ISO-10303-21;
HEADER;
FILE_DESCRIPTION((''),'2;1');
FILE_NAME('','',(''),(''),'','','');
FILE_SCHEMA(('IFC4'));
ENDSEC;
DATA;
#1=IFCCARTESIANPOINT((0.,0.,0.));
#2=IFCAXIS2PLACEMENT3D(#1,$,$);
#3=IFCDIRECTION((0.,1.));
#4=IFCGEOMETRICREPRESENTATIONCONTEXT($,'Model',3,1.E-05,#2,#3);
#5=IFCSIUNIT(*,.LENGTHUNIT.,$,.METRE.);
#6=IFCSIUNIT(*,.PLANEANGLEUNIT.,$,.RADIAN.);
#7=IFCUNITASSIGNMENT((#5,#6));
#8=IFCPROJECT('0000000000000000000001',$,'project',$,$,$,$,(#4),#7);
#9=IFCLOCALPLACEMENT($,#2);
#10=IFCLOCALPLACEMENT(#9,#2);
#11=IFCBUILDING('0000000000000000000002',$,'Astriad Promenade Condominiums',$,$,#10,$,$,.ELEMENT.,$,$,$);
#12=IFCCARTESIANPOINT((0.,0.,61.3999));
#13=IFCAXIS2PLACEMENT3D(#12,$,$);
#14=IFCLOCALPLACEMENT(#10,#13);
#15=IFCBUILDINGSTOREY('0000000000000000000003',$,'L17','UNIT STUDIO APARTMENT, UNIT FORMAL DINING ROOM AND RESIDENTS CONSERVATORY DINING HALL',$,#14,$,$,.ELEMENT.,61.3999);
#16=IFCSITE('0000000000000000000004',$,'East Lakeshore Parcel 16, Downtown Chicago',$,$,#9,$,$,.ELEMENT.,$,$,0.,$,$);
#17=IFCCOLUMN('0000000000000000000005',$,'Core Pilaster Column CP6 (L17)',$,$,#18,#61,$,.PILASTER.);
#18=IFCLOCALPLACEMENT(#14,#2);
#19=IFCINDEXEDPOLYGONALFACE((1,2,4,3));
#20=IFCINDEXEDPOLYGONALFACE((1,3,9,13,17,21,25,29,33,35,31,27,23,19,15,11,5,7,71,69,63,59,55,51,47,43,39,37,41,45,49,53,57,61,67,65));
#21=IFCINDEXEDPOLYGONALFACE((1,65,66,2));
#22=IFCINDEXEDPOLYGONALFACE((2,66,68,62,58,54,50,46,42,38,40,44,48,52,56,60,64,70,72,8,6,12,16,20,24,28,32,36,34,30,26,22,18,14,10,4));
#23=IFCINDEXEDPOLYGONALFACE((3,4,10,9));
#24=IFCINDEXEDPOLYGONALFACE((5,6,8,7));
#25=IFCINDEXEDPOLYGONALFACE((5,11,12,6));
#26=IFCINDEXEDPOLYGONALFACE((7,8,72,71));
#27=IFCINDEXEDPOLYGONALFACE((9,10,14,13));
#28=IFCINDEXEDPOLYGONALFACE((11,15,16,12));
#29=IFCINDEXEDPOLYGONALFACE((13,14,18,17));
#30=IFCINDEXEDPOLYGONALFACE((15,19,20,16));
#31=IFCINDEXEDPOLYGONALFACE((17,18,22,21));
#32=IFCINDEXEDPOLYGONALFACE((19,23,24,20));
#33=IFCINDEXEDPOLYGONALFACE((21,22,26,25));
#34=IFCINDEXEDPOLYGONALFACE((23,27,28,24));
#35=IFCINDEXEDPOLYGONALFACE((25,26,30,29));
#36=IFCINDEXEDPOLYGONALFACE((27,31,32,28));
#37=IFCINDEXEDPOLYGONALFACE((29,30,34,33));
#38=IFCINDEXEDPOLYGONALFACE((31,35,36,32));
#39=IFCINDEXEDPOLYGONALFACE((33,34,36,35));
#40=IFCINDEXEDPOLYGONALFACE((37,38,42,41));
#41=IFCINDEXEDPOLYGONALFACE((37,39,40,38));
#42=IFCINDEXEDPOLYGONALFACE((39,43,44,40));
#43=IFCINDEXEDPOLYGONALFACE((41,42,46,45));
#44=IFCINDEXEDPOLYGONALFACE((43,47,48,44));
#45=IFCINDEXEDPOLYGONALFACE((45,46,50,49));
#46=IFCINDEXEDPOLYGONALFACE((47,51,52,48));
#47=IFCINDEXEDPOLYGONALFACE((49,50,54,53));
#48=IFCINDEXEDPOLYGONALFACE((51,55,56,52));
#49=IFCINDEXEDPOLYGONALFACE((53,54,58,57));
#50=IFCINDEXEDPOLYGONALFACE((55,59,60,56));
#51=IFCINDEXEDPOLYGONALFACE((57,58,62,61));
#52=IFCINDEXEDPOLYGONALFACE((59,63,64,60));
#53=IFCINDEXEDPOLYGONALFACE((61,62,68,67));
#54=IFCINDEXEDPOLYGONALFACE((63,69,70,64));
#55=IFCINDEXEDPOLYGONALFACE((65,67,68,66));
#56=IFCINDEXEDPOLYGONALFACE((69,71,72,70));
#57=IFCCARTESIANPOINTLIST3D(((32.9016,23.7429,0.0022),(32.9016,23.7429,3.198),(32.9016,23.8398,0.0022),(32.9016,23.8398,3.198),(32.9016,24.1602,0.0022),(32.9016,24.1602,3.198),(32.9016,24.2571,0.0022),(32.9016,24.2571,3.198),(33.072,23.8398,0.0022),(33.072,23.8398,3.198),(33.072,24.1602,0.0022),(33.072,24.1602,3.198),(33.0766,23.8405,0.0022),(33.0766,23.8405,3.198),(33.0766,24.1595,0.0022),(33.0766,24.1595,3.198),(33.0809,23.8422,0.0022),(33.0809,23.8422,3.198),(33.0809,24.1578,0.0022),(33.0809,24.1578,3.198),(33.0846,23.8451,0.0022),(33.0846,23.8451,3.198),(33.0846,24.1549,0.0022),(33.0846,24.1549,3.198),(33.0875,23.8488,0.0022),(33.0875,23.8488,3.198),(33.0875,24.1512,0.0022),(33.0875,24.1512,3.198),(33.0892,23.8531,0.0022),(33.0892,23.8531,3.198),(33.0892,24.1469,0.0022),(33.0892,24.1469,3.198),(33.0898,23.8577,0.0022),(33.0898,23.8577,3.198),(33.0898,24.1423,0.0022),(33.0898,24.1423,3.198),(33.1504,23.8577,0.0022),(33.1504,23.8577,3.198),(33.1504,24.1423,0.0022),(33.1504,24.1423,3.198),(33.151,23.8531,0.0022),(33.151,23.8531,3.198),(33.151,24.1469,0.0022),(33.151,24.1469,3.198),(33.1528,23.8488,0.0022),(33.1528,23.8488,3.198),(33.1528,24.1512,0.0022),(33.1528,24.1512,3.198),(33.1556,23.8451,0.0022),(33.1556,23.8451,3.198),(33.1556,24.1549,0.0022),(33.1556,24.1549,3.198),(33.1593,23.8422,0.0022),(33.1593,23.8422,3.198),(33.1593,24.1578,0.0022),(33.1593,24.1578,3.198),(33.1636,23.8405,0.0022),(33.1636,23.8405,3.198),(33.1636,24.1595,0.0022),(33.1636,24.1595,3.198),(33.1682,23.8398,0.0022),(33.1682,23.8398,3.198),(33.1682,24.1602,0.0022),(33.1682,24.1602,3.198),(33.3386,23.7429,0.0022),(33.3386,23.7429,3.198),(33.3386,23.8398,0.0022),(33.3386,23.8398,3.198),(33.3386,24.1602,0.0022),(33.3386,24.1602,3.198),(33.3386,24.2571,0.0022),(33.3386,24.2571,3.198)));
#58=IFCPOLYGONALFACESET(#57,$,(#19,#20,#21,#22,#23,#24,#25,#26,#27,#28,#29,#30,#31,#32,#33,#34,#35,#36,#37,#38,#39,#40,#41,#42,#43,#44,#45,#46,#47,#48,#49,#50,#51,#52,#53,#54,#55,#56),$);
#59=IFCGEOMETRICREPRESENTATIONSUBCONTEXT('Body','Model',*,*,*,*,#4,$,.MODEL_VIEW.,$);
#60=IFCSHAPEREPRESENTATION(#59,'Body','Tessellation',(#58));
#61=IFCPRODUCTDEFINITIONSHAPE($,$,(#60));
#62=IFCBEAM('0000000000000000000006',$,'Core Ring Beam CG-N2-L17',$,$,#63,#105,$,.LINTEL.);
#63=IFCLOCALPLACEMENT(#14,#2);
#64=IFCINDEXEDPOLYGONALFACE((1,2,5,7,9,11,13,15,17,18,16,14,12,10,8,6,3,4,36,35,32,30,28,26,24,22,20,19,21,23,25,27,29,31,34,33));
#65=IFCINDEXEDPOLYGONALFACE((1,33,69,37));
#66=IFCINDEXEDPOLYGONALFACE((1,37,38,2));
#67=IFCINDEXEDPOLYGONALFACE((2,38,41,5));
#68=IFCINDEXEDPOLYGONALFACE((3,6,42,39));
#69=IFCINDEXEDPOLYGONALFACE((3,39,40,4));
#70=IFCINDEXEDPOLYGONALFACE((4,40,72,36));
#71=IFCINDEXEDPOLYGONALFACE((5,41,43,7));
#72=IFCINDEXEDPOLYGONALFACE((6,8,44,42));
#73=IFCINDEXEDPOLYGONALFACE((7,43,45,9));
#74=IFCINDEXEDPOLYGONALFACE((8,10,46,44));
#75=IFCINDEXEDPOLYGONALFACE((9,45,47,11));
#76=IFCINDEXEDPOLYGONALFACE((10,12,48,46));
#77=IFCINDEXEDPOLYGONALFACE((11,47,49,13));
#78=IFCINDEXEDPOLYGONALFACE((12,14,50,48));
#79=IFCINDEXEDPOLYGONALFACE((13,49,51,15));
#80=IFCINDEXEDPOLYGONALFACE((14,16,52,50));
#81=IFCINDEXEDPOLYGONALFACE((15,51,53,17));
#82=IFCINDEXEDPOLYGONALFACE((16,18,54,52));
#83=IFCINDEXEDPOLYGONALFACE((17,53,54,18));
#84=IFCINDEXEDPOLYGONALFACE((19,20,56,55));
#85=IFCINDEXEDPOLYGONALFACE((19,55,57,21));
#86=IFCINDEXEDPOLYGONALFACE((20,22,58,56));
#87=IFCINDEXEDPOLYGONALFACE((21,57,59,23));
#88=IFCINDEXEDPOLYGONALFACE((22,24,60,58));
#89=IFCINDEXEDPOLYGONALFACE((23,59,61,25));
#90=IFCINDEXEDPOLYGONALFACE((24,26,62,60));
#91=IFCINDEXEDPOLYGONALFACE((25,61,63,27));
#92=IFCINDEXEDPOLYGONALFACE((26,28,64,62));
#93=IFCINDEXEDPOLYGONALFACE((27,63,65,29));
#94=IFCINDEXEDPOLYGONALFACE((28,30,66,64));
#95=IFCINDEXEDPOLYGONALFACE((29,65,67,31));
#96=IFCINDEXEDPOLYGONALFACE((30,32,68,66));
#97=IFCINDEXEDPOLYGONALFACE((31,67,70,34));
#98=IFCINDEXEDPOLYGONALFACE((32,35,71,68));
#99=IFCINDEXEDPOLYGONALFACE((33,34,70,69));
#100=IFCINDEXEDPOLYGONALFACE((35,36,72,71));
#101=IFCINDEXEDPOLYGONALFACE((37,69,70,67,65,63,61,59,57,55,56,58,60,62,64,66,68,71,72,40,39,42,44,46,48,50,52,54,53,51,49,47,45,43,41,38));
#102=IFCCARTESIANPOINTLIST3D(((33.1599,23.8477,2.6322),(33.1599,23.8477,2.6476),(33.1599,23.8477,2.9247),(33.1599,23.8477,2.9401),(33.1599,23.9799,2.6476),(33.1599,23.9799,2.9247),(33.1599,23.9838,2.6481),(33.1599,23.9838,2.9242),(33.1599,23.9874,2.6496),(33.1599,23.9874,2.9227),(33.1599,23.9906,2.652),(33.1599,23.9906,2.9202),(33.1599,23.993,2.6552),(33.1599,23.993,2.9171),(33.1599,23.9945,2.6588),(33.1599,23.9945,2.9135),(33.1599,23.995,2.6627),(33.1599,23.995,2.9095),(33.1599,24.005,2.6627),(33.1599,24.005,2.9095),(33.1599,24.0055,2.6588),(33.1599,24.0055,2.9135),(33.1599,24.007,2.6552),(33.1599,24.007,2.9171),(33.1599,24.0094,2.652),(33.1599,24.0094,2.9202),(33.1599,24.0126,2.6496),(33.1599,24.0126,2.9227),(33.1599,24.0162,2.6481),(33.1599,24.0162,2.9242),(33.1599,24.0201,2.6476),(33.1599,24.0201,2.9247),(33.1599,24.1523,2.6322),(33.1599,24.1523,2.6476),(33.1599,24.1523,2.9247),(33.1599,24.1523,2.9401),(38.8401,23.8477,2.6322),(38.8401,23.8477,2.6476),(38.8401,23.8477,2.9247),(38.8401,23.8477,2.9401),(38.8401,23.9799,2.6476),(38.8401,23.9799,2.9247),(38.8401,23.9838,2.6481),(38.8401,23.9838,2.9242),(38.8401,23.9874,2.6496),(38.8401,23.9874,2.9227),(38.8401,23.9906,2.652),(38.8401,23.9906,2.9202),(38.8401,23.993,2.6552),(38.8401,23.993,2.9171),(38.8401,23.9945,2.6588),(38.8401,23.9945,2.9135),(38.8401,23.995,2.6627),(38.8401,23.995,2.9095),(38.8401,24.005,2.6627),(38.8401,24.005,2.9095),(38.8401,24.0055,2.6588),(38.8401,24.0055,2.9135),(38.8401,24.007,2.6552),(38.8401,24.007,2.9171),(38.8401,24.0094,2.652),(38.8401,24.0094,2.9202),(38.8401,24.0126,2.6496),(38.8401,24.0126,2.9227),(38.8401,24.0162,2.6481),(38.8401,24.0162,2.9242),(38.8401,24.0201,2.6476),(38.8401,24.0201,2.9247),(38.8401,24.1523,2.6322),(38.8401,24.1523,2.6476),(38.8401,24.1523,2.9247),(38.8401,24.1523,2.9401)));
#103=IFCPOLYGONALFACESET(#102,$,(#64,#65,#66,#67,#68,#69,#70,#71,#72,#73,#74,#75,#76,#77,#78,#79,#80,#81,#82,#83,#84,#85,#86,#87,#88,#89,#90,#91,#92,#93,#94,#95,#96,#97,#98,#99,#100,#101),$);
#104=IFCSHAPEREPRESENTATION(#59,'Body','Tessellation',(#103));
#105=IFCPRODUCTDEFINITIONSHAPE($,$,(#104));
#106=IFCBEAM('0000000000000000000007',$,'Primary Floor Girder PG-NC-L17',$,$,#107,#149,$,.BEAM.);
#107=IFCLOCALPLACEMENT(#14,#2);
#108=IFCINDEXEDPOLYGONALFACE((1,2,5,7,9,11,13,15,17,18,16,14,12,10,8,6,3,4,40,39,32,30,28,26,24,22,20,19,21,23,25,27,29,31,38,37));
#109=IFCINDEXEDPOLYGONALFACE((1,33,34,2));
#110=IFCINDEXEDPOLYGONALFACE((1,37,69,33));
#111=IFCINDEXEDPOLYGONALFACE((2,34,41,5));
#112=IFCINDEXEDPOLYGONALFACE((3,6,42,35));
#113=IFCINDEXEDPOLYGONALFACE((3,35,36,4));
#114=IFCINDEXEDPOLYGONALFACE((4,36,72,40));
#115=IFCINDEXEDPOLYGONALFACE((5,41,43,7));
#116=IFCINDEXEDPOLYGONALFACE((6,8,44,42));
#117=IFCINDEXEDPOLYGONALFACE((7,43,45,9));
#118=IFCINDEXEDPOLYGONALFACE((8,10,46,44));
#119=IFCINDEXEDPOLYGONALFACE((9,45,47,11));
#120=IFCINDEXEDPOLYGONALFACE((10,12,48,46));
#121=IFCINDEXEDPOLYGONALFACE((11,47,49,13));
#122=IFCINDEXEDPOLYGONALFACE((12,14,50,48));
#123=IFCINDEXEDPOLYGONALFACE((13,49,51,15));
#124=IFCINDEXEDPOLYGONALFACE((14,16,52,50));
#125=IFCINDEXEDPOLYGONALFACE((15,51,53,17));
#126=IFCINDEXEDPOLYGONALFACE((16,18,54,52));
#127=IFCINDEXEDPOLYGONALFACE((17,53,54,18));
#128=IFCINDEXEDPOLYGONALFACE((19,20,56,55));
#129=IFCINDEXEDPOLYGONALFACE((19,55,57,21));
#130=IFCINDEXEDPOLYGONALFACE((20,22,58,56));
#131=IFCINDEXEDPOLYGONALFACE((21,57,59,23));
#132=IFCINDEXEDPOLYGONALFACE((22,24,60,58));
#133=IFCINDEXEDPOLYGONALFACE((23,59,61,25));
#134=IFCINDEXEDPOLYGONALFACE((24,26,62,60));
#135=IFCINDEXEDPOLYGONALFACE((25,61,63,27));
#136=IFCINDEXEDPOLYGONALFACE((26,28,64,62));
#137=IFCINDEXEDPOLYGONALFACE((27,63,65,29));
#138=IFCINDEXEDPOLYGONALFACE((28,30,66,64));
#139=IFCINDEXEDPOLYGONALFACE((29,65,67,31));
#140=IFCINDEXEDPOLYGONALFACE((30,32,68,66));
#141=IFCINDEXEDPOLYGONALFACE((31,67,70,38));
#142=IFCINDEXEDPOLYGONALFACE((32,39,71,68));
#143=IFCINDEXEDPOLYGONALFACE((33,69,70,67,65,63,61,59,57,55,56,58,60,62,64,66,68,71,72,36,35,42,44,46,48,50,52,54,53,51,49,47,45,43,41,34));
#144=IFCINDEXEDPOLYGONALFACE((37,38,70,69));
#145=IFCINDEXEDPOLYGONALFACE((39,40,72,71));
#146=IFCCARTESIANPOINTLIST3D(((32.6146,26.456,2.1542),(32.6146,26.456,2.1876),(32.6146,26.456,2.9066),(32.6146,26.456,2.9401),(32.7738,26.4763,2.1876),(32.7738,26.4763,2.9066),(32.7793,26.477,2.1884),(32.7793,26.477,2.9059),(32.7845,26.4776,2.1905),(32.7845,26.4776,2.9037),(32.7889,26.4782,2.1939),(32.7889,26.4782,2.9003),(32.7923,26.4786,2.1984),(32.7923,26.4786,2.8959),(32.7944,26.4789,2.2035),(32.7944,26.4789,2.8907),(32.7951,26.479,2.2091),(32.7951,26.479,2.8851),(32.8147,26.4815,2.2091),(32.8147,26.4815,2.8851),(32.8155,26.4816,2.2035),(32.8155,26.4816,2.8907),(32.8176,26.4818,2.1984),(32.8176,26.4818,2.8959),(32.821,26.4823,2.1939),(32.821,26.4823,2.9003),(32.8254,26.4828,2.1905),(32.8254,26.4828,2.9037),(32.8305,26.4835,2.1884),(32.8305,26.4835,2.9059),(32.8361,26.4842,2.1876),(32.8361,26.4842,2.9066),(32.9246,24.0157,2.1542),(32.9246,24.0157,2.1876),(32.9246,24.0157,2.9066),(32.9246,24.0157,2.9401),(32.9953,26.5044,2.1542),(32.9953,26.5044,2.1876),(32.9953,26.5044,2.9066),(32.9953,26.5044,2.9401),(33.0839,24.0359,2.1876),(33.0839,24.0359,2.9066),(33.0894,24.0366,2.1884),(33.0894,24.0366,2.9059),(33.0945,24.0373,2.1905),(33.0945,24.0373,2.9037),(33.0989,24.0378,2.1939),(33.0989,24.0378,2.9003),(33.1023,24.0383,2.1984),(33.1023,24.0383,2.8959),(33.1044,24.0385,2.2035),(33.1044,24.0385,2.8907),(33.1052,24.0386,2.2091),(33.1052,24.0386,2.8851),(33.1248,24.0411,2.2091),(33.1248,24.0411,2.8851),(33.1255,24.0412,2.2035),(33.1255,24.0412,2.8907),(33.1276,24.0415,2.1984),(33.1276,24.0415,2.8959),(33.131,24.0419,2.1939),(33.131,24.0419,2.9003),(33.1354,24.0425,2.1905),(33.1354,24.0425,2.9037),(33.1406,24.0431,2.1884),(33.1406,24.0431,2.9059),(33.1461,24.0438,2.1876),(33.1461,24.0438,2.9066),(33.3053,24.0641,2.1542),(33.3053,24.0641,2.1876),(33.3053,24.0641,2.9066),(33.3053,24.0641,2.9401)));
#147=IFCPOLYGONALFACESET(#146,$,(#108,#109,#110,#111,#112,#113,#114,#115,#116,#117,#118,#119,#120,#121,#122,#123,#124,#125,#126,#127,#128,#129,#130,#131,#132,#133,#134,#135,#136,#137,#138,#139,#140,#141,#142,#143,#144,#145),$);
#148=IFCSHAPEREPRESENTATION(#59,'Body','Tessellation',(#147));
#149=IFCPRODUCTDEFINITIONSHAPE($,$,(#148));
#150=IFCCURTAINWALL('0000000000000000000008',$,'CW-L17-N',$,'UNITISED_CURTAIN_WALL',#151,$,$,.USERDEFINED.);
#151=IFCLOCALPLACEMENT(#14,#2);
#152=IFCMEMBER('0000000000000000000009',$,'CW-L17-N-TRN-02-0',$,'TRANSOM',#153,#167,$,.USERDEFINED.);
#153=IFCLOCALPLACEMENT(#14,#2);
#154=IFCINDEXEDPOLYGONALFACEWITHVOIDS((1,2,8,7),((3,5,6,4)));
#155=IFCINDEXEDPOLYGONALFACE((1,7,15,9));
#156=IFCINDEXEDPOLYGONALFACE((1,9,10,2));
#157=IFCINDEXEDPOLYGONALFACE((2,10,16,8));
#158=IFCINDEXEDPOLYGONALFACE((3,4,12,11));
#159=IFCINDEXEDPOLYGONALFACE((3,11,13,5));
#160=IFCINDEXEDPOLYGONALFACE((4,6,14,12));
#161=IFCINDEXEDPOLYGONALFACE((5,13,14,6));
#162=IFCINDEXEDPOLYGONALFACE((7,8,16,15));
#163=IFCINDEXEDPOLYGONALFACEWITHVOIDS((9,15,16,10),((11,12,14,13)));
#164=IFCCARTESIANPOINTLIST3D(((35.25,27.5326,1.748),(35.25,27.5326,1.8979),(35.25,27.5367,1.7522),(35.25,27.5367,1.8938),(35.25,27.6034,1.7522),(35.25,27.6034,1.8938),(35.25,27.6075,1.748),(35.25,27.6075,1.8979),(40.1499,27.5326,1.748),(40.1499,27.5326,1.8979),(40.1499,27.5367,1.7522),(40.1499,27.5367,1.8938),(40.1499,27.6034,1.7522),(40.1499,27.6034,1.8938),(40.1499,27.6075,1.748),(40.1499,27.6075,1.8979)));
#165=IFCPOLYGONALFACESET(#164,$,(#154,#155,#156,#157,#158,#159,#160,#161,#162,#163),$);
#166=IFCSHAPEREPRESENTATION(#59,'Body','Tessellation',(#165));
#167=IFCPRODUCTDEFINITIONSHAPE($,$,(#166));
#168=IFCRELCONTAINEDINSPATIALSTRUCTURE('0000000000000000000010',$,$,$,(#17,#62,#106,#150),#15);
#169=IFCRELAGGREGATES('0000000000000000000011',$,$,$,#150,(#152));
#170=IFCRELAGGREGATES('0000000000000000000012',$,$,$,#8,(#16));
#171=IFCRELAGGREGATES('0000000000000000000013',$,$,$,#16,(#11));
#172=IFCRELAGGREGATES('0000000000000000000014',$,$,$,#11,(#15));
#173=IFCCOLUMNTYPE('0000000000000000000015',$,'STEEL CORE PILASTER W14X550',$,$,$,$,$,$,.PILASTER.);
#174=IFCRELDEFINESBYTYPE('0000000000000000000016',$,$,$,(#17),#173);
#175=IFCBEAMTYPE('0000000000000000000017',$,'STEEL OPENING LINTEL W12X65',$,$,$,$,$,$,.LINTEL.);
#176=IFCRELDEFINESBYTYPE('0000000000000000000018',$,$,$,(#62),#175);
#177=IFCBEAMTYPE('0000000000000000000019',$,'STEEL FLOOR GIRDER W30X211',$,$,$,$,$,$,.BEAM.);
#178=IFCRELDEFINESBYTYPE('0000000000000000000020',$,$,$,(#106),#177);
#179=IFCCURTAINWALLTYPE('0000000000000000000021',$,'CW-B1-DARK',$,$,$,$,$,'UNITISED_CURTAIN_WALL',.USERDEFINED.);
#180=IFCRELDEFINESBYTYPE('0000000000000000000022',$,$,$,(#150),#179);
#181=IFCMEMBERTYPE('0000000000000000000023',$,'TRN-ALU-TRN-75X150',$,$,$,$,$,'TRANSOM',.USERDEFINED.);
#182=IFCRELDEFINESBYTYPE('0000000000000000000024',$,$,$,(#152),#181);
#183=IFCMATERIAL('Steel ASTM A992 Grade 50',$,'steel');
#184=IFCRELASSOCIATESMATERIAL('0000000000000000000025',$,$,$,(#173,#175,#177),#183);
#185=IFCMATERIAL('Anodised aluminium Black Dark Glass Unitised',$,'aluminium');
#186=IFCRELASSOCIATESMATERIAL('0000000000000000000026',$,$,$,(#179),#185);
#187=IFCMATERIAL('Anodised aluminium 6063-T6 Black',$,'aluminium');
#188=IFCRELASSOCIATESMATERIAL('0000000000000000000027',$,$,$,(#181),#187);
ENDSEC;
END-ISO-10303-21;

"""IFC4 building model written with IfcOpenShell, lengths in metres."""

from ifc_helpers import new_model, si_unit, direction, frame, origin, origin_2d, place, context, subcontext, project, spatial, hollow_rectangle, i_section, extrude, source, transform, mapped, material, material_profile, profile_set, type_object, type_shapes, element, aggregate, save


model = new_model("IFC4")

# Units and contexts
model_context = context("Model", 3, precision=1e-05, world=origin(), true_north=direction((0.0, 1.0)))
body_context = subcontext(model_context, "Body", "Model", "MODEL_VIEW")
ifc_project = project(units=[si_unit("LENGTHUNIT", "METRE"), si_unit("PLANEANGLEUNIT", "RADIAN")], contexts=[model_context])

# Site, building, storey
site_placement = place(None, origin())
site = spatial("IfcSite", under=ifc_project, at=site_placement, Name="East Lakeshore Parcel 16, Downtown Chicago", CompositionType="ELEMENT", RefElevation=0.0)
building_placement = place(site_placement, origin())
building = spatial("IfcBuilding", under=site, at=building_placement, Name="Astriad Promenade Condominiums", CompositionType="ELEMENT")
storey_placement = place(building_placement, frame((0.0, 0.0, 61.3999)))
storey = spatial("IfcBuildingStorey", under=building, at=storey_placement, Name="L17", Description="UNIT STUDIO APARTMENT, UNIT FORMAL DINING ROOM AND RESIDENTS CONSERVATORY DINING HALL", CompositionType="ELEMENT", Elevation=61.3999)

# Column
ifc_material_1 = material(Name="Steel ASTM A992 Grade 50", Category="steel")
ifc_material_profile_1 = material_profile(ifc_material_1, i_section(OverallWidth=0.437, OverallDepth=0.5142, WebThickness=0.0605, FlangeThickness=0.0969, FilletRadius=0.0178, at=origin_2d()), Name="W14X550")
ifc_profile_set_1 = profile_set([ifc_material_profile_1], Name="Steel ASTM A992 Grade 50")
column_type = type_object("IfcColumnType", Name="STEEL CORE PILASTER W14X550", PredefinedType="PILASTER", material=ifc_profile_set_1)
shared_shape_1 = source(origin(), body_context, "Body", "SweptSolid", [
    extrude(i_section(OverallWidth=0.437, OverallDepth=0.5142, WebThickness=0.0605, FlangeThickness=0.0969, FilletRadius=0.0178, at=origin_2d()), origin(), (0.0, 0.0, 1.0), 3.1958),
])
type_shapes(column_type, [shared_shape_1])
column_placement = place(storey_placement, frame((33.1201, 24.0, 0.0022), z_axis=(0.0, 0.0, 1.0), x_axis=(1.0, 0.0, 0.0)))
element("IfcColumn", 1, at=column_placement, inside=storey, type_object=column_type, Name="Core Pilaster Column CP6 (L17)", PredefinedType="PILASTER", context=body_context, shape_type="MappedRepresentation", body=[
    mapped(shared_shape_1, transform((0.0, 0.0, 0.0), scale=1.0)),
])

# Beams
ifc_material_profile_2 = material_profile(ifc_material_1, i_section(OverallWidth=0.3047, OverallDepth=0.3079, WebThickness=0.01, FlangeThickness=0.0154, FilletRadius=0.0151, at=origin_2d()), Name="W12X65")
ifc_profile_set_2 = profile_set([ifc_material_profile_2], Name="Steel ASTM A992 Grade 50")
beam_type_1 = type_object("IfcBeamType", Name="STEEL OPENING LINTEL W12X65", PredefinedType="LINTEL", material=ifc_profile_set_2)
shared_shape_2 = source(origin(), body_context, "Body", "SweptSolid", [
    extrude(i_section(OverallWidth=0.3047, OverallDepth=0.3079, WebThickness=0.01, FlangeThickness=0.0154, FilletRadius=0.0151, at=origin_2d()), origin(), (0.0, 0.0, 1.0), 5.6802),
])
type_shapes(beam_type_1, [shared_shape_2])
beam_1_placement = place(storey_placement, frame((33.1599, 24.0, 2.7861), z_axis=(1.0, 0.0, 0.0), x_axis=(0.0, 1.0, 0.0)))
element("IfcBeam", 2, at=beam_1_placement, inside=storey, type_object=beam_type_1, Name="Core Ring Beam CG-N2-L17", PredefinedType="LINTEL", context=body_context, shape_type="MappedRepresentation", body=[
    mapped(shared_shape_2, transform((0.0, 0.0, 0.0), scale=1.0)),
])
ifc_material_profile_3 = material_profile(ifc_material_1, i_section(OverallWidth=0.3838, OverallDepth=0.7859, WebThickness=0.0198, FlangeThickness=0.0334, FilletRadius=0.0215, at=origin_2d()), Name="W30X211")
ifc_profile_set_3 = profile_set([ifc_material_profile_3], Name="Steel ASTM A992 Grade 50")
beam_type_2 = type_object("IfcBeamType", Name="STEEL FLOOR GIRDER W30X211", PredefinedType="BEAM", material=ifc_profile_set_3)
shared_shape_3 = source(origin(), body_context, "Body", "SweptSolid", [
    extrude(i_section(OverallWidth=0.3838, OverallDepth=0.7859, WebThickness=0.0198, FlangeThickness=0.0334, FilletRadius=0.0215, at=origin_2d()), origin(), (0.0, 0.0, 1.0), 2.46),
])
type_shapes(beam_type_2, [shared_shape_3])
beam_2_placement = place(storey_placement, frame((32.8049, 26.4802, 2.5471), z_axis=(0.126038, -0.992025, 0.0), x_axis=(0.992025, 0.126038, 0.0)))
element("IfcBeam", 3, at=beam_2_placement, inside=storey, type_object=beam_type_2, Name="Primary Floor Girder PG-NC-L17", PredefinedType="BEAM", context=body_context, shape_type="MappedRepresentation", body=[
    mapped(shared_shape_3, transform((0.0, 0.0, 0.0), scale=1.0)),
])

# Curtain wall, member
ifc_material_2 = material(Name="Anodised aluminium Black Dark Glass Unitised", Category="aluminium")
curtain_wall_type = type_object("IfcCurtainWallType", Name="CW-B1-DARK", ElementType="UNITISED_CURTAIN_WALL", PredefinedType="USERDEFINED", material=ifc_material_2)
curtain_wall_placement = place(storey_placement, origin())
curtain_wall = element("IfcCurtainWall", 4, at=curtain_wall_placement, inside=storey, type_object=curtain_wall_type, Name="CW-L17-N", ObjectType="UNITISED_CURTAIN_WALL", PredefinedType="USERDEFINED")
ifc_material_3 = material(Name="Anodised aluminium 6063-T6 Black", Category="aluminium")
ifc_material_profile_4 = material_profile(ifc_material_3, hollow_rectangle(XDim=0.075, YDim=0.1499, WallThickness=0.0042, at=origin_2d()), Name="ALU-TRN-75X150")
ifc_profile_set_4 = profile_set([ifc_material_profile_4], Name="Anodised aluminium 6063-T6 Black")
member_type_1 = type_object("IfcMemberType", Name="TRN-ALU-TRN-75X150", ElementType="TRANSOM", PredefinedType="USERDEFINED", material=ifc_profile_set_4)
shared_shape_4 = source(origin(), body_context, "Body", "SweptSolid", [
    extrude(hollow_rectangle(XDim=0.075, YDim=0.1499, WallThickness=0.0042, at=origin_2d()), origin(), (0.0, 0.0, 1.0), 4.8999),
])
type_shapes(member_type_1, [shared_shape_4])
member_1_placement = place(storey_placement, frame((35.25, 27.5701, 1.823), z_axis=(1.0, 0.0, 0.0), x_axis=(0.0, 1.0, 0.0)))
member_1 = element("IfcMember", 5, at=member_1_placement, type_object=member_type_1, Name="CW-L17-N-TRN-02-0", ObjectType="TRANSOM", PredefinedType="USERDEFINED", context=body_context, shape_type="MappedRepresentation", body=[
    mapped(shared_shape_4, transform((0.0, 0.0, 0.0), scale=1.0)),
])
aggregate(curtain_wall, [member_1])

save(model, "model.ifc")
